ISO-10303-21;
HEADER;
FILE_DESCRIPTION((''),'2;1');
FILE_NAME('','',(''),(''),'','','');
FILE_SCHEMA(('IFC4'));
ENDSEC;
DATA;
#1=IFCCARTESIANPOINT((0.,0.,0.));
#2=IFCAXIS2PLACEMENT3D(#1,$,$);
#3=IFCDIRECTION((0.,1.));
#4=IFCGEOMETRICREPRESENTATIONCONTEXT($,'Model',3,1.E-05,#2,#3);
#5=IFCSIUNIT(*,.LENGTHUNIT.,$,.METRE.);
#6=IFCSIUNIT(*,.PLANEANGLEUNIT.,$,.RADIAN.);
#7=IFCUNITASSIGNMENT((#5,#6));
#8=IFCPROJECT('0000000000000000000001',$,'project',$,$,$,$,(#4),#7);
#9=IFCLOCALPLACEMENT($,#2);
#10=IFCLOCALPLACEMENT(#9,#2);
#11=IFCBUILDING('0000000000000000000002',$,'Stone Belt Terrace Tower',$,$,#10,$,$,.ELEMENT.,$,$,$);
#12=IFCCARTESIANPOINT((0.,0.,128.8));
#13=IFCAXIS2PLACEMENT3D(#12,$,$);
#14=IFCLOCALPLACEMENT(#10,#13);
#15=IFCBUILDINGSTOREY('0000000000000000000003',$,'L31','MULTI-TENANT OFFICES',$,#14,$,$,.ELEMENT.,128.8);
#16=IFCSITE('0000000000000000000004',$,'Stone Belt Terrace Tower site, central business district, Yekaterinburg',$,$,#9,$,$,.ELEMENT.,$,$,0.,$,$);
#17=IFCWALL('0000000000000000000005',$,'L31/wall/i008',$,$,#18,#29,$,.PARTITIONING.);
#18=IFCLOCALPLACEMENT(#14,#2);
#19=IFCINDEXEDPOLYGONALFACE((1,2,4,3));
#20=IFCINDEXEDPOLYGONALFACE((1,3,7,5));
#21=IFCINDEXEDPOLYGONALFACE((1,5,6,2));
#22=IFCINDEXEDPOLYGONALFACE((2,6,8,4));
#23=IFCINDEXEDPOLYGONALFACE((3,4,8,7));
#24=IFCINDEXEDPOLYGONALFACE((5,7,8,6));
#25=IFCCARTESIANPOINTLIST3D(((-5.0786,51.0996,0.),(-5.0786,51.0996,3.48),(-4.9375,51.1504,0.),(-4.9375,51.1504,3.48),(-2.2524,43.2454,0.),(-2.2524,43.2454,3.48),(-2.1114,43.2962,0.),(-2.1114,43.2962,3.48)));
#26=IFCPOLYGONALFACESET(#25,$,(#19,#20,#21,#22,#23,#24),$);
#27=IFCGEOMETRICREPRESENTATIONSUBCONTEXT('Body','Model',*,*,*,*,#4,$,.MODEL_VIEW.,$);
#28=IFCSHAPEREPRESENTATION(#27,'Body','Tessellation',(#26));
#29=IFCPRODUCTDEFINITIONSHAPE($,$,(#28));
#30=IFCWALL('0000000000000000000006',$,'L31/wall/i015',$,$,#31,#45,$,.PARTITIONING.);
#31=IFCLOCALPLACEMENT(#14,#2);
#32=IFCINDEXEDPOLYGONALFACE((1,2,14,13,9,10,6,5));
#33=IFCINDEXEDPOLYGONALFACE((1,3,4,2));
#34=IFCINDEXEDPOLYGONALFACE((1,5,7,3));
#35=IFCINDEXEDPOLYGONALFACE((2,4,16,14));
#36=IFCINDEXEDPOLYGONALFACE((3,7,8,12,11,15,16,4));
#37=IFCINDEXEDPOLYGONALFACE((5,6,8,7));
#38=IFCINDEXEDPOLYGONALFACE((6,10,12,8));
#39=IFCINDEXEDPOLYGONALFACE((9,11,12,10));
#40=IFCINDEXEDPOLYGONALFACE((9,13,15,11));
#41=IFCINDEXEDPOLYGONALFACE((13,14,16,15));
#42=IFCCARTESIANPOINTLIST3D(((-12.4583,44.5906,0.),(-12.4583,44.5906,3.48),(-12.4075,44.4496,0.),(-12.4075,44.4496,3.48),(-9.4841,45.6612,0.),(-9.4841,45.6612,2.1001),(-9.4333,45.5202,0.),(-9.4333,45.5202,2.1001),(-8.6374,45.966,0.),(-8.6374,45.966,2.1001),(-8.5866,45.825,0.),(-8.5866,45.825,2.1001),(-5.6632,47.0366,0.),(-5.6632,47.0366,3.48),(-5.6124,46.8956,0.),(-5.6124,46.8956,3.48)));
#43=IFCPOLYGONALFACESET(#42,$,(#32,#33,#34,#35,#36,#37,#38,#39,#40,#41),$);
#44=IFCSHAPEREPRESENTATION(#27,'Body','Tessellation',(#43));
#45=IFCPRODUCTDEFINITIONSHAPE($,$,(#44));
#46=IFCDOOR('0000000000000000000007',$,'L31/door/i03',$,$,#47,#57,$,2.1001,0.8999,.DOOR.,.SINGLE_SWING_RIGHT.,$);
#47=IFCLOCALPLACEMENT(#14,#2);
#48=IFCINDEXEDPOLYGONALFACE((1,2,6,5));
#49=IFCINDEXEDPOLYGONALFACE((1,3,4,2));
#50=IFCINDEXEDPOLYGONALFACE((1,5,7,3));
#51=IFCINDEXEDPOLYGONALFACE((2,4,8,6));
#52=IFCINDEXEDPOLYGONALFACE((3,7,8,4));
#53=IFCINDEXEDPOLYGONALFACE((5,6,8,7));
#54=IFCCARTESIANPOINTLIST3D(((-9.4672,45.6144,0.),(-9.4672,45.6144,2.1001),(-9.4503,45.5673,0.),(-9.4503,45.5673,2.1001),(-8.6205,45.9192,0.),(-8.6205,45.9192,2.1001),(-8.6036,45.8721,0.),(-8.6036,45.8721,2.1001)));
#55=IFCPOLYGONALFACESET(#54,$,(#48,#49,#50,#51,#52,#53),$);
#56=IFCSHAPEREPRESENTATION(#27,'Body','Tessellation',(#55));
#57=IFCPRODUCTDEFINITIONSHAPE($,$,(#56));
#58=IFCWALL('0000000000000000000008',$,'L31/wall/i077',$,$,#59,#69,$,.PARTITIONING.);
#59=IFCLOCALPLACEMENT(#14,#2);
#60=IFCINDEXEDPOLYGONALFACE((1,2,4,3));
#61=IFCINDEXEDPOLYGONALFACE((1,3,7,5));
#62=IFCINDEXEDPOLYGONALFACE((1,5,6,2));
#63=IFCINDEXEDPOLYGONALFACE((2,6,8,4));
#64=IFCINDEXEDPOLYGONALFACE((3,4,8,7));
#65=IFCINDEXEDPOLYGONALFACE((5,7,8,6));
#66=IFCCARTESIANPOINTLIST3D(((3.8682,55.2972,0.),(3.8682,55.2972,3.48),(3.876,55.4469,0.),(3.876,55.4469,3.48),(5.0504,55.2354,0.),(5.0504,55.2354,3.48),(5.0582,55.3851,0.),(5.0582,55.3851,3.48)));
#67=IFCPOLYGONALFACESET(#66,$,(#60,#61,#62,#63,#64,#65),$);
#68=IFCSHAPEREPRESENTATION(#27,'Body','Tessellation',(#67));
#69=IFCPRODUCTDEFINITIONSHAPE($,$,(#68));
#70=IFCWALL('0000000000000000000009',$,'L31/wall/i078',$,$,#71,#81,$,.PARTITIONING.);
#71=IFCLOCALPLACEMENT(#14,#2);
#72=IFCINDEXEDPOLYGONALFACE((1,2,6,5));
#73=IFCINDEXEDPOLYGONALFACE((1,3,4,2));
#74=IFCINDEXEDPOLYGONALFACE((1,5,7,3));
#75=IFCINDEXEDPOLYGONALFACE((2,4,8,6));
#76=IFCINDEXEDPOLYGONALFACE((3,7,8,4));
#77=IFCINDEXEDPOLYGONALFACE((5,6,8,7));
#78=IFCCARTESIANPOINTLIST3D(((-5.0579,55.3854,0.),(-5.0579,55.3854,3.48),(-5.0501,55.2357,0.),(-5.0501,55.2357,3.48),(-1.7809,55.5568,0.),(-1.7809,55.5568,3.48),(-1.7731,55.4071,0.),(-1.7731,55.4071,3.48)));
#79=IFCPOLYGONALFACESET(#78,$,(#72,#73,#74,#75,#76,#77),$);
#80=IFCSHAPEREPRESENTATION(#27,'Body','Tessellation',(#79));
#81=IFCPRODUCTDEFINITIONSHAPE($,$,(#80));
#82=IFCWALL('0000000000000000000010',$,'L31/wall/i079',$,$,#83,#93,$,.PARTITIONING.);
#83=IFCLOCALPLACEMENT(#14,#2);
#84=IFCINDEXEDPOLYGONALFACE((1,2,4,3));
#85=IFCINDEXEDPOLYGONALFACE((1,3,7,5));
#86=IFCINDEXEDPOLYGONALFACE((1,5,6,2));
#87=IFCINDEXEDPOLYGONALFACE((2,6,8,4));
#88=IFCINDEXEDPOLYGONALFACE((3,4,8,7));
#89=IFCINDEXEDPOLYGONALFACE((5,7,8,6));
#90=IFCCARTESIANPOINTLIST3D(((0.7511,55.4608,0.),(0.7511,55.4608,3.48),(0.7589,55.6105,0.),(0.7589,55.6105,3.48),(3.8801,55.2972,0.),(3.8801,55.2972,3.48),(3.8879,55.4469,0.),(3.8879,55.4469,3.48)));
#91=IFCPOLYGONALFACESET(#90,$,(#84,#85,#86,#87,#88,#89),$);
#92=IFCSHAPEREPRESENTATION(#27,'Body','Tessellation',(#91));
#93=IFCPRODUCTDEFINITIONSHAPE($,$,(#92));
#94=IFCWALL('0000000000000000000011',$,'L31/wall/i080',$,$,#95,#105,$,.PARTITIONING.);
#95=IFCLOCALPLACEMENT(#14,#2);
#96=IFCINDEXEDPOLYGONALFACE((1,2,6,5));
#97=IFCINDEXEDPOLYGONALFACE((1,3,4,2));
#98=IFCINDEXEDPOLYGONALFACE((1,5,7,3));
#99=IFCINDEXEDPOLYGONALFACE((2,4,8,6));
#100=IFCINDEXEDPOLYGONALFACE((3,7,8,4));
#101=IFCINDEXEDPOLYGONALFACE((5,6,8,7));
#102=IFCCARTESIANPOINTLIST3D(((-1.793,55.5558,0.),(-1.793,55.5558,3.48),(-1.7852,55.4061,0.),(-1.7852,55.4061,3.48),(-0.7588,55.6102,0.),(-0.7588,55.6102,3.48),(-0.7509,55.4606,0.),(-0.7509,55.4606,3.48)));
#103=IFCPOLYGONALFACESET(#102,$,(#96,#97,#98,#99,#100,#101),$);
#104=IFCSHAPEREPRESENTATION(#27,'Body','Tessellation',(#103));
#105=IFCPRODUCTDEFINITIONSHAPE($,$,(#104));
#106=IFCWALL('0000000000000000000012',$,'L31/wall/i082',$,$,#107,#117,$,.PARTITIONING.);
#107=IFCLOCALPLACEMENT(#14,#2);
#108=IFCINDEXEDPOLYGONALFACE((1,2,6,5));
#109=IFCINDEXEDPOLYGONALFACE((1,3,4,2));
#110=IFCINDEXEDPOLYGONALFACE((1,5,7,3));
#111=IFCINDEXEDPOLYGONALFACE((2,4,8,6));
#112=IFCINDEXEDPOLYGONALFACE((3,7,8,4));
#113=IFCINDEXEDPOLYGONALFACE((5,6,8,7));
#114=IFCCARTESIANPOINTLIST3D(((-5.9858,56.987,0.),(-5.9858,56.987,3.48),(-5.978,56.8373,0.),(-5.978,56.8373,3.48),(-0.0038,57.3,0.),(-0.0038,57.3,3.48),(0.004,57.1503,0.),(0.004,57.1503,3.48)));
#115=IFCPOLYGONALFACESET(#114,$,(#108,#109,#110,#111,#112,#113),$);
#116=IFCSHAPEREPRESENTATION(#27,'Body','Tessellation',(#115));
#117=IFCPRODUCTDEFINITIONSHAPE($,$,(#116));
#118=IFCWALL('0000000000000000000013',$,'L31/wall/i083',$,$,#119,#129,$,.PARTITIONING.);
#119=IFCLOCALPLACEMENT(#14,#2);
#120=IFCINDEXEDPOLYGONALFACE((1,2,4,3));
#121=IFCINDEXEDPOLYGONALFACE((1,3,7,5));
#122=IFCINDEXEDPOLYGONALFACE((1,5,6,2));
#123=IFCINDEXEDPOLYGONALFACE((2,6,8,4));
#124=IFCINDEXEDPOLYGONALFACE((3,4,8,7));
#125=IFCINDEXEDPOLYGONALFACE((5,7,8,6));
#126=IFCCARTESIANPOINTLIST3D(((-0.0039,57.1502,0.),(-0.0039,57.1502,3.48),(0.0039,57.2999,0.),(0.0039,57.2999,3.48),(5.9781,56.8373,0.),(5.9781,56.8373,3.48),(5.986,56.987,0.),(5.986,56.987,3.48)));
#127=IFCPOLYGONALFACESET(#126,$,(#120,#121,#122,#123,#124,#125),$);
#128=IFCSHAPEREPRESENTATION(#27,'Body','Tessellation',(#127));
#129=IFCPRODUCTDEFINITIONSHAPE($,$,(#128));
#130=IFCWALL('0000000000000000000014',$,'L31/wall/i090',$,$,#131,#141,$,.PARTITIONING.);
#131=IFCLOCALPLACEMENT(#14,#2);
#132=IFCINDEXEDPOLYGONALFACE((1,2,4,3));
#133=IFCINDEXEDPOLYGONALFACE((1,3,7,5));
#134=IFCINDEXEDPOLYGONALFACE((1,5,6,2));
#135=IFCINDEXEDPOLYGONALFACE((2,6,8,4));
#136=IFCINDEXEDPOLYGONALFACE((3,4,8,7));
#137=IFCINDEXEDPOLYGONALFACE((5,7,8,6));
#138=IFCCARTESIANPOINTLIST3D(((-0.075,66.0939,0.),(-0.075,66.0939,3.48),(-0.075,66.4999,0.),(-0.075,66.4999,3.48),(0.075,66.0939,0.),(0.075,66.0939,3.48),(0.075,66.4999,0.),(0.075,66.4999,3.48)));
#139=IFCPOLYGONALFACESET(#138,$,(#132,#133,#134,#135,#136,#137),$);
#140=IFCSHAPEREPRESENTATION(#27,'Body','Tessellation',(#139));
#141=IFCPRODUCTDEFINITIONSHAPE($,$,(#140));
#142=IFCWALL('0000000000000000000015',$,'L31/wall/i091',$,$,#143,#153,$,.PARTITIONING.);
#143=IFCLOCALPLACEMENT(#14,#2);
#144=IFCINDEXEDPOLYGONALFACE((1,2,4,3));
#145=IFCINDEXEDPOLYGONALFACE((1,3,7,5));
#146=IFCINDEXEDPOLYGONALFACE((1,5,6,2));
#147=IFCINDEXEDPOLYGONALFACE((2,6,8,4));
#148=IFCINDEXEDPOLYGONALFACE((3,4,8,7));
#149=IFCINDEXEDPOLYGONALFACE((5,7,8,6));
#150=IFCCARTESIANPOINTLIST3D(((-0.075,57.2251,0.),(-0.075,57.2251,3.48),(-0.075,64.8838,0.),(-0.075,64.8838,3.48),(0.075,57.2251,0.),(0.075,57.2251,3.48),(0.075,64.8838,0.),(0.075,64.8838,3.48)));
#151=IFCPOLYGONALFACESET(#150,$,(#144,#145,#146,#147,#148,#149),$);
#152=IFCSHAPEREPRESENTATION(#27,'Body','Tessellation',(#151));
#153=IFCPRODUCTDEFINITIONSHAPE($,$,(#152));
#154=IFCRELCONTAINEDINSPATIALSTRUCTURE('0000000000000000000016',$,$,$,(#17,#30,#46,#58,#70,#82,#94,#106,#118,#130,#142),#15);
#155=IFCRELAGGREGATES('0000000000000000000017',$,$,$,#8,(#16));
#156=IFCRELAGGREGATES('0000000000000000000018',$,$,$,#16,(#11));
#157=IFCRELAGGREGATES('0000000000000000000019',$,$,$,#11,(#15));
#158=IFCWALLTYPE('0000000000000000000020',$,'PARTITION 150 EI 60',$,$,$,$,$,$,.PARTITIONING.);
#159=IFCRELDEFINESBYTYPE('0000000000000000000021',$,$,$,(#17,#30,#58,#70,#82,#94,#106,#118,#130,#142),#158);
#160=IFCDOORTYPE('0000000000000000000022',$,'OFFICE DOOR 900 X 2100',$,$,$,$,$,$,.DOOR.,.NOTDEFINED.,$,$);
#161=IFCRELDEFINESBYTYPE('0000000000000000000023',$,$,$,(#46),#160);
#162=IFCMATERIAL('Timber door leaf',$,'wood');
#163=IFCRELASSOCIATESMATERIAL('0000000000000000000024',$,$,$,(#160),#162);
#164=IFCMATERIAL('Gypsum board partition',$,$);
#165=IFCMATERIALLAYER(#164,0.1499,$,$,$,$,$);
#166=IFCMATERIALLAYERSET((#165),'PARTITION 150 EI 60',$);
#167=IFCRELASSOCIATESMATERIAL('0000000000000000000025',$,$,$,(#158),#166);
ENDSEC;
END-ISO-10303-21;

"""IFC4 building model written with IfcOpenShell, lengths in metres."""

from ifc_helpers import new_model, si_unit, direction, frame, frame_2d, origin, place, context, subcontext, project, spatial, rectangle, extrude, material, layer, layer_set, type_object, element, fill, save


model = new_model("IFC4")

# Units and contexts
model_context = context("Model", 3, precision=1e-05, world=origin(), true_north=direction((0.0, 1.0)))
body_context = subcontext(model_context, "Body", "Model", "MODEL_VIEW")
ifc_project = project(units=[si_unit("LENGTHUNIT", "METRE"), si_unit("PLANEANGLEUNIT", "RADIAN")], contexts=[model_context])

# Site, building, storey
site_placement = place(None, origin())
site = spatial("IfcSite", under=ifc_project, at=site_placement, Name="Stone Belt Terrace Tower site, central business district, Yekaterinburg", CompositionType="ELEMENT", RefElevation=0.0)
building_placement = place(site_placement, origin())
building = spatial("IfcBuilding", under=site, at=building_placement, Name="Stone Belt Terrace Tower", CompositionType="ELEMENT")
storey_placement = place(building_placement, frame((0.0, 0.0, 128.8)))
storey = spatial("IfcBuildingStorey", under=building, at=storey_placement, Name="L31", Description="MULTI-TENANT OFFICES", CompositionType="ELEMENT", Elevation=128.8)

# Shared definitions
ifc_material_1 = material(Name="Gypsum board partition")
ifc_material_2 = material(Name="Timber door leaf", Category="wood")
door_type = type_object("IfcDoorType", Name="OFFICE DOOR 900 X 2100", OperationType="NOTDEFINED", PredefinedType="DOOR", material=ifc_material_2)

# Wall
ifc_layer_1 = layer(ifc_material_1, 0.1499)
ifc_layer_set_1 = layer_set([ifc_layer_1], Name="PARTITION 150 EI 60")
wall_type_1 = type_object("IfcWallType", Name="PARTITION 150 EI 60", PredefinedType="PARTITIONING", material=ifc_layer_set_1)
wall_1_placement = place(storey_placement, frame((-5.0081, 51.125, 0.0), z_axis=(0.0, 0.0, 1.0), x_axis=(0.338576, -0.940939, 0.0)))
element("IfcWall", 1, at=wall_1_placement, inside=storey, type_object=wall_type_1, Name="L31/wall/i008", PredefinedType="PARTITIONING", context=body_context, shape_type="SweptSolid", body=[
    extrude(rectangle(XDim=8.3472, YDim=0.1499, at=frame_2d((4.1736, 0.0))), origin(), (0.0, 0.0, 1.0), 3.48),
])

# Wall, opening, door
wall_2_placement = place(storey_placement, frame((-5.6379, 46.9661, 0.0), z_axis=(0.0, 0.0, 1.0), x_axis=(-0.940897, -0.338693, 0.0)))
wall_2 = element("IfcWall", 2, at=wall_2_placement, inside=storey, type_object=wall_type_1, Name="L31/wall/i015", PredefinedType="PARTITIONING", context=body_context, shape_type="SweptSolid", body=[
    extrude(rectangle(XDim=7.2219, YDim=0.1499, at=frame_2d((3.6108, 0.0))), origin(), (0.0, 0.0, 1.0), 3.48),
])
opening_1_placement = place(wall_2_placement, frame((3.1609, 0.0, 0.0)))
opening_1 = element("IfcOpeningElement", 3, at=opening_1_placement, cuts=wall_2, PredefinedType="OPENING", context=body_context, shape_type="SweptSolid", body=[
    extrude(rectangle(XDim=0.8999, YDim=2.1001, at=frame_2d((0.45, 1.05))), frame((0.0, 0.085, 0.0), z_axis=(0.0, -1.0, 0.0), x_axis=(1.0, 0.0, 0.0)), (0.0, 0.0, 1.0), 0.1699),
])
door_1_placement = place(opening_1_placement, origin())
door_1 = element("IfcDoor", 4, at=door_1_placement, inside=storey, type_object=door_type, Name="L31/door/i03", OperationType="SINGLE_SWING_RIGHT", OverallHeight=2.1001, OverallWidth=0.8999, PredefinedType="DOOR", context=body_context, shape_type="SweptSolid", body=[
    extrude(rectangle(XDim=0.8999, YDim=2.1001, at=frame_2d((0.45, 1.05))), frame((0.0, 0.0249, 0.0), z_axis=(0.0, -1.0, 0.0), x_axis=(1.0, 0.0, 0.0)), (0.0, 0.0, 1.0), 0.05),
])
fill(opening_1, door_1)

# Walls
wall_3_placement = place(storey_placement, frame((5.0542, 55.3103, 0.0), z_axis=(0.0, 0.0, 1.0), x_axis=(-0.998638, 0.05218, 0.0)))
element("IfcWall", 5, at=wall_3_placement, inside=storey, type_object=wall_type_1, Name="L31/wall/i077", PredefinedType="PARTITIONING", context=body_context, shape_type="SweptSolid", body=[
    extrude(rectangle(XDim=1.1838, YDim=0.1499, at=frame_2d((0.5918, 0.0))), origin(), (0.0, 0.0, 1.0), 3.48),
])
wall_4_placement = place(storey_placement, frame((-1.7771, 55.4819, 0.0), z_axis=(0.0, 0.0, 1.0), x_axis=(-0.998635, -0.052227, 0.0)))
element("IfcWall", 6, at=wall_4_placement, inside=storey, type_object=wall_type_1, Name="L31/wall/i078", PredefinedType="PARTITIONING", context=body_context, shape_type="SweptSolid", body=[
    extrude(rectangle(XDim=3.2815, YDim=0.1499, at=frame_2d((1.6406, 0.0))), origin(), (0.0, 0.0, 1.0), 3.48),
])
wall_5_placement = place(storey_placement, frame((3.884, 55.3721, 0.0), z_axis=(0.0, 0.0, 1.0), x_axis=(-0.998636, 0.052203, 0.0)))
element("IfcWall", 7, at=wall_5_placement, inside=storey, type_object=wall_type_1, Name="L31/wall/i079", PredefinedType="PARTITIONING", context=body_context, shape_type="SweptSolid", body=[
    extrude(rectangle(XDim=3.1333, YDim=0.1499, at=frame_2d((1.5667, 0.0))), origin(), (0.0, 0.0, 1.0), 3.48),
])
wall_6_placement = place(storey_placement, frame((-0.7549, 55.5354, 0.0), z_axis=(0.0, 0.0, 1.0), x_axis=(-0.998617, -0.052571, 0.0)))
element("IfcWall", 8, at=wall_6_placement, inside=storey, type_object=wall_type_1, Name="L31/wall/i080", PredefinedType="PARTITIONING", context=body_context, shape_type="SweptSolid", body=[
    extrude(rectangle(XDim=1.0356, YDim=0.1499, at=frame_2d((0.5178, 0.0))), origin(), (0.0, 0.0, 1.0), 3.48),
])
for number, where, z_axis, x_axis, name in (
    (9, (-5.9819, 56.9121, 0.0), (0.0, 0.0, 1.0), (0.998634, 0.052251, 0.0), "L31/wall/i082"),
    (10, (0.0, 57.2251, 0.0), (0.0, 0.0, 1.0), (0.998634, -0.052251, 0.0), "L31/wall/i083"),
):
    element("IfcWall", number, at=place(storey_placement, frame(where, z_axis=z_axis, x_axis=x_axis)), inside=storey, type_object=wall_type_1, Name=name, PredefinedType="PARTITIONING", context=body_context, shape_type="SweptSolid", body=[
        extrude(rectangle(XDim=5.9902, YDim=0.1499, at=frame_2d((2.9951, 0.0))), origin(), (0.0, 0.0, 1.0), 3.48),
    ])
wall_7_placement = place(storey_placement, frame((0.0, 66.5, 0.0), z_axis=(0.0, 0.0, 1.0), x_axis=(0.0, -1.0, 0.0)))
element("IfcWall", 11, at=wall_7_placement, inside=storey, type_object=wall_type_1, Name="L31/wall/i090", PredefinedType="PARTITIONING", context=body_context, shape_type="SweptSolid", body=[
    extrude(rectangle(XDim=0.406, YDim=0.1499, at=frame_2d((0.2031, 0.0))), origin(), (0.0, 0.0, 1.0), 3.48),
])
wall_8_placement = place(storey_placement, frame((0.0, 64.8838, 0.0), z_axis=(0.0, 0.0, 1.0), x_axis=(0.0, -1.0, 0.0)))
element("IfcWall", 12, at=wall_8_placement, inside=storey, type_object=wall_type_1, Name="L31/wall/i091", PredefinedType="PARTITIONING", context=body_context, shape_type="SweptSolid", body=[
    extrude(rectangle(XDim=7.6587, YDim=0.1499, at=frame_2d((3.8293, 0.0))), origin(), (0.0, 0.0, 1.0), 3.48),
])

save(model, "model.ifc")
